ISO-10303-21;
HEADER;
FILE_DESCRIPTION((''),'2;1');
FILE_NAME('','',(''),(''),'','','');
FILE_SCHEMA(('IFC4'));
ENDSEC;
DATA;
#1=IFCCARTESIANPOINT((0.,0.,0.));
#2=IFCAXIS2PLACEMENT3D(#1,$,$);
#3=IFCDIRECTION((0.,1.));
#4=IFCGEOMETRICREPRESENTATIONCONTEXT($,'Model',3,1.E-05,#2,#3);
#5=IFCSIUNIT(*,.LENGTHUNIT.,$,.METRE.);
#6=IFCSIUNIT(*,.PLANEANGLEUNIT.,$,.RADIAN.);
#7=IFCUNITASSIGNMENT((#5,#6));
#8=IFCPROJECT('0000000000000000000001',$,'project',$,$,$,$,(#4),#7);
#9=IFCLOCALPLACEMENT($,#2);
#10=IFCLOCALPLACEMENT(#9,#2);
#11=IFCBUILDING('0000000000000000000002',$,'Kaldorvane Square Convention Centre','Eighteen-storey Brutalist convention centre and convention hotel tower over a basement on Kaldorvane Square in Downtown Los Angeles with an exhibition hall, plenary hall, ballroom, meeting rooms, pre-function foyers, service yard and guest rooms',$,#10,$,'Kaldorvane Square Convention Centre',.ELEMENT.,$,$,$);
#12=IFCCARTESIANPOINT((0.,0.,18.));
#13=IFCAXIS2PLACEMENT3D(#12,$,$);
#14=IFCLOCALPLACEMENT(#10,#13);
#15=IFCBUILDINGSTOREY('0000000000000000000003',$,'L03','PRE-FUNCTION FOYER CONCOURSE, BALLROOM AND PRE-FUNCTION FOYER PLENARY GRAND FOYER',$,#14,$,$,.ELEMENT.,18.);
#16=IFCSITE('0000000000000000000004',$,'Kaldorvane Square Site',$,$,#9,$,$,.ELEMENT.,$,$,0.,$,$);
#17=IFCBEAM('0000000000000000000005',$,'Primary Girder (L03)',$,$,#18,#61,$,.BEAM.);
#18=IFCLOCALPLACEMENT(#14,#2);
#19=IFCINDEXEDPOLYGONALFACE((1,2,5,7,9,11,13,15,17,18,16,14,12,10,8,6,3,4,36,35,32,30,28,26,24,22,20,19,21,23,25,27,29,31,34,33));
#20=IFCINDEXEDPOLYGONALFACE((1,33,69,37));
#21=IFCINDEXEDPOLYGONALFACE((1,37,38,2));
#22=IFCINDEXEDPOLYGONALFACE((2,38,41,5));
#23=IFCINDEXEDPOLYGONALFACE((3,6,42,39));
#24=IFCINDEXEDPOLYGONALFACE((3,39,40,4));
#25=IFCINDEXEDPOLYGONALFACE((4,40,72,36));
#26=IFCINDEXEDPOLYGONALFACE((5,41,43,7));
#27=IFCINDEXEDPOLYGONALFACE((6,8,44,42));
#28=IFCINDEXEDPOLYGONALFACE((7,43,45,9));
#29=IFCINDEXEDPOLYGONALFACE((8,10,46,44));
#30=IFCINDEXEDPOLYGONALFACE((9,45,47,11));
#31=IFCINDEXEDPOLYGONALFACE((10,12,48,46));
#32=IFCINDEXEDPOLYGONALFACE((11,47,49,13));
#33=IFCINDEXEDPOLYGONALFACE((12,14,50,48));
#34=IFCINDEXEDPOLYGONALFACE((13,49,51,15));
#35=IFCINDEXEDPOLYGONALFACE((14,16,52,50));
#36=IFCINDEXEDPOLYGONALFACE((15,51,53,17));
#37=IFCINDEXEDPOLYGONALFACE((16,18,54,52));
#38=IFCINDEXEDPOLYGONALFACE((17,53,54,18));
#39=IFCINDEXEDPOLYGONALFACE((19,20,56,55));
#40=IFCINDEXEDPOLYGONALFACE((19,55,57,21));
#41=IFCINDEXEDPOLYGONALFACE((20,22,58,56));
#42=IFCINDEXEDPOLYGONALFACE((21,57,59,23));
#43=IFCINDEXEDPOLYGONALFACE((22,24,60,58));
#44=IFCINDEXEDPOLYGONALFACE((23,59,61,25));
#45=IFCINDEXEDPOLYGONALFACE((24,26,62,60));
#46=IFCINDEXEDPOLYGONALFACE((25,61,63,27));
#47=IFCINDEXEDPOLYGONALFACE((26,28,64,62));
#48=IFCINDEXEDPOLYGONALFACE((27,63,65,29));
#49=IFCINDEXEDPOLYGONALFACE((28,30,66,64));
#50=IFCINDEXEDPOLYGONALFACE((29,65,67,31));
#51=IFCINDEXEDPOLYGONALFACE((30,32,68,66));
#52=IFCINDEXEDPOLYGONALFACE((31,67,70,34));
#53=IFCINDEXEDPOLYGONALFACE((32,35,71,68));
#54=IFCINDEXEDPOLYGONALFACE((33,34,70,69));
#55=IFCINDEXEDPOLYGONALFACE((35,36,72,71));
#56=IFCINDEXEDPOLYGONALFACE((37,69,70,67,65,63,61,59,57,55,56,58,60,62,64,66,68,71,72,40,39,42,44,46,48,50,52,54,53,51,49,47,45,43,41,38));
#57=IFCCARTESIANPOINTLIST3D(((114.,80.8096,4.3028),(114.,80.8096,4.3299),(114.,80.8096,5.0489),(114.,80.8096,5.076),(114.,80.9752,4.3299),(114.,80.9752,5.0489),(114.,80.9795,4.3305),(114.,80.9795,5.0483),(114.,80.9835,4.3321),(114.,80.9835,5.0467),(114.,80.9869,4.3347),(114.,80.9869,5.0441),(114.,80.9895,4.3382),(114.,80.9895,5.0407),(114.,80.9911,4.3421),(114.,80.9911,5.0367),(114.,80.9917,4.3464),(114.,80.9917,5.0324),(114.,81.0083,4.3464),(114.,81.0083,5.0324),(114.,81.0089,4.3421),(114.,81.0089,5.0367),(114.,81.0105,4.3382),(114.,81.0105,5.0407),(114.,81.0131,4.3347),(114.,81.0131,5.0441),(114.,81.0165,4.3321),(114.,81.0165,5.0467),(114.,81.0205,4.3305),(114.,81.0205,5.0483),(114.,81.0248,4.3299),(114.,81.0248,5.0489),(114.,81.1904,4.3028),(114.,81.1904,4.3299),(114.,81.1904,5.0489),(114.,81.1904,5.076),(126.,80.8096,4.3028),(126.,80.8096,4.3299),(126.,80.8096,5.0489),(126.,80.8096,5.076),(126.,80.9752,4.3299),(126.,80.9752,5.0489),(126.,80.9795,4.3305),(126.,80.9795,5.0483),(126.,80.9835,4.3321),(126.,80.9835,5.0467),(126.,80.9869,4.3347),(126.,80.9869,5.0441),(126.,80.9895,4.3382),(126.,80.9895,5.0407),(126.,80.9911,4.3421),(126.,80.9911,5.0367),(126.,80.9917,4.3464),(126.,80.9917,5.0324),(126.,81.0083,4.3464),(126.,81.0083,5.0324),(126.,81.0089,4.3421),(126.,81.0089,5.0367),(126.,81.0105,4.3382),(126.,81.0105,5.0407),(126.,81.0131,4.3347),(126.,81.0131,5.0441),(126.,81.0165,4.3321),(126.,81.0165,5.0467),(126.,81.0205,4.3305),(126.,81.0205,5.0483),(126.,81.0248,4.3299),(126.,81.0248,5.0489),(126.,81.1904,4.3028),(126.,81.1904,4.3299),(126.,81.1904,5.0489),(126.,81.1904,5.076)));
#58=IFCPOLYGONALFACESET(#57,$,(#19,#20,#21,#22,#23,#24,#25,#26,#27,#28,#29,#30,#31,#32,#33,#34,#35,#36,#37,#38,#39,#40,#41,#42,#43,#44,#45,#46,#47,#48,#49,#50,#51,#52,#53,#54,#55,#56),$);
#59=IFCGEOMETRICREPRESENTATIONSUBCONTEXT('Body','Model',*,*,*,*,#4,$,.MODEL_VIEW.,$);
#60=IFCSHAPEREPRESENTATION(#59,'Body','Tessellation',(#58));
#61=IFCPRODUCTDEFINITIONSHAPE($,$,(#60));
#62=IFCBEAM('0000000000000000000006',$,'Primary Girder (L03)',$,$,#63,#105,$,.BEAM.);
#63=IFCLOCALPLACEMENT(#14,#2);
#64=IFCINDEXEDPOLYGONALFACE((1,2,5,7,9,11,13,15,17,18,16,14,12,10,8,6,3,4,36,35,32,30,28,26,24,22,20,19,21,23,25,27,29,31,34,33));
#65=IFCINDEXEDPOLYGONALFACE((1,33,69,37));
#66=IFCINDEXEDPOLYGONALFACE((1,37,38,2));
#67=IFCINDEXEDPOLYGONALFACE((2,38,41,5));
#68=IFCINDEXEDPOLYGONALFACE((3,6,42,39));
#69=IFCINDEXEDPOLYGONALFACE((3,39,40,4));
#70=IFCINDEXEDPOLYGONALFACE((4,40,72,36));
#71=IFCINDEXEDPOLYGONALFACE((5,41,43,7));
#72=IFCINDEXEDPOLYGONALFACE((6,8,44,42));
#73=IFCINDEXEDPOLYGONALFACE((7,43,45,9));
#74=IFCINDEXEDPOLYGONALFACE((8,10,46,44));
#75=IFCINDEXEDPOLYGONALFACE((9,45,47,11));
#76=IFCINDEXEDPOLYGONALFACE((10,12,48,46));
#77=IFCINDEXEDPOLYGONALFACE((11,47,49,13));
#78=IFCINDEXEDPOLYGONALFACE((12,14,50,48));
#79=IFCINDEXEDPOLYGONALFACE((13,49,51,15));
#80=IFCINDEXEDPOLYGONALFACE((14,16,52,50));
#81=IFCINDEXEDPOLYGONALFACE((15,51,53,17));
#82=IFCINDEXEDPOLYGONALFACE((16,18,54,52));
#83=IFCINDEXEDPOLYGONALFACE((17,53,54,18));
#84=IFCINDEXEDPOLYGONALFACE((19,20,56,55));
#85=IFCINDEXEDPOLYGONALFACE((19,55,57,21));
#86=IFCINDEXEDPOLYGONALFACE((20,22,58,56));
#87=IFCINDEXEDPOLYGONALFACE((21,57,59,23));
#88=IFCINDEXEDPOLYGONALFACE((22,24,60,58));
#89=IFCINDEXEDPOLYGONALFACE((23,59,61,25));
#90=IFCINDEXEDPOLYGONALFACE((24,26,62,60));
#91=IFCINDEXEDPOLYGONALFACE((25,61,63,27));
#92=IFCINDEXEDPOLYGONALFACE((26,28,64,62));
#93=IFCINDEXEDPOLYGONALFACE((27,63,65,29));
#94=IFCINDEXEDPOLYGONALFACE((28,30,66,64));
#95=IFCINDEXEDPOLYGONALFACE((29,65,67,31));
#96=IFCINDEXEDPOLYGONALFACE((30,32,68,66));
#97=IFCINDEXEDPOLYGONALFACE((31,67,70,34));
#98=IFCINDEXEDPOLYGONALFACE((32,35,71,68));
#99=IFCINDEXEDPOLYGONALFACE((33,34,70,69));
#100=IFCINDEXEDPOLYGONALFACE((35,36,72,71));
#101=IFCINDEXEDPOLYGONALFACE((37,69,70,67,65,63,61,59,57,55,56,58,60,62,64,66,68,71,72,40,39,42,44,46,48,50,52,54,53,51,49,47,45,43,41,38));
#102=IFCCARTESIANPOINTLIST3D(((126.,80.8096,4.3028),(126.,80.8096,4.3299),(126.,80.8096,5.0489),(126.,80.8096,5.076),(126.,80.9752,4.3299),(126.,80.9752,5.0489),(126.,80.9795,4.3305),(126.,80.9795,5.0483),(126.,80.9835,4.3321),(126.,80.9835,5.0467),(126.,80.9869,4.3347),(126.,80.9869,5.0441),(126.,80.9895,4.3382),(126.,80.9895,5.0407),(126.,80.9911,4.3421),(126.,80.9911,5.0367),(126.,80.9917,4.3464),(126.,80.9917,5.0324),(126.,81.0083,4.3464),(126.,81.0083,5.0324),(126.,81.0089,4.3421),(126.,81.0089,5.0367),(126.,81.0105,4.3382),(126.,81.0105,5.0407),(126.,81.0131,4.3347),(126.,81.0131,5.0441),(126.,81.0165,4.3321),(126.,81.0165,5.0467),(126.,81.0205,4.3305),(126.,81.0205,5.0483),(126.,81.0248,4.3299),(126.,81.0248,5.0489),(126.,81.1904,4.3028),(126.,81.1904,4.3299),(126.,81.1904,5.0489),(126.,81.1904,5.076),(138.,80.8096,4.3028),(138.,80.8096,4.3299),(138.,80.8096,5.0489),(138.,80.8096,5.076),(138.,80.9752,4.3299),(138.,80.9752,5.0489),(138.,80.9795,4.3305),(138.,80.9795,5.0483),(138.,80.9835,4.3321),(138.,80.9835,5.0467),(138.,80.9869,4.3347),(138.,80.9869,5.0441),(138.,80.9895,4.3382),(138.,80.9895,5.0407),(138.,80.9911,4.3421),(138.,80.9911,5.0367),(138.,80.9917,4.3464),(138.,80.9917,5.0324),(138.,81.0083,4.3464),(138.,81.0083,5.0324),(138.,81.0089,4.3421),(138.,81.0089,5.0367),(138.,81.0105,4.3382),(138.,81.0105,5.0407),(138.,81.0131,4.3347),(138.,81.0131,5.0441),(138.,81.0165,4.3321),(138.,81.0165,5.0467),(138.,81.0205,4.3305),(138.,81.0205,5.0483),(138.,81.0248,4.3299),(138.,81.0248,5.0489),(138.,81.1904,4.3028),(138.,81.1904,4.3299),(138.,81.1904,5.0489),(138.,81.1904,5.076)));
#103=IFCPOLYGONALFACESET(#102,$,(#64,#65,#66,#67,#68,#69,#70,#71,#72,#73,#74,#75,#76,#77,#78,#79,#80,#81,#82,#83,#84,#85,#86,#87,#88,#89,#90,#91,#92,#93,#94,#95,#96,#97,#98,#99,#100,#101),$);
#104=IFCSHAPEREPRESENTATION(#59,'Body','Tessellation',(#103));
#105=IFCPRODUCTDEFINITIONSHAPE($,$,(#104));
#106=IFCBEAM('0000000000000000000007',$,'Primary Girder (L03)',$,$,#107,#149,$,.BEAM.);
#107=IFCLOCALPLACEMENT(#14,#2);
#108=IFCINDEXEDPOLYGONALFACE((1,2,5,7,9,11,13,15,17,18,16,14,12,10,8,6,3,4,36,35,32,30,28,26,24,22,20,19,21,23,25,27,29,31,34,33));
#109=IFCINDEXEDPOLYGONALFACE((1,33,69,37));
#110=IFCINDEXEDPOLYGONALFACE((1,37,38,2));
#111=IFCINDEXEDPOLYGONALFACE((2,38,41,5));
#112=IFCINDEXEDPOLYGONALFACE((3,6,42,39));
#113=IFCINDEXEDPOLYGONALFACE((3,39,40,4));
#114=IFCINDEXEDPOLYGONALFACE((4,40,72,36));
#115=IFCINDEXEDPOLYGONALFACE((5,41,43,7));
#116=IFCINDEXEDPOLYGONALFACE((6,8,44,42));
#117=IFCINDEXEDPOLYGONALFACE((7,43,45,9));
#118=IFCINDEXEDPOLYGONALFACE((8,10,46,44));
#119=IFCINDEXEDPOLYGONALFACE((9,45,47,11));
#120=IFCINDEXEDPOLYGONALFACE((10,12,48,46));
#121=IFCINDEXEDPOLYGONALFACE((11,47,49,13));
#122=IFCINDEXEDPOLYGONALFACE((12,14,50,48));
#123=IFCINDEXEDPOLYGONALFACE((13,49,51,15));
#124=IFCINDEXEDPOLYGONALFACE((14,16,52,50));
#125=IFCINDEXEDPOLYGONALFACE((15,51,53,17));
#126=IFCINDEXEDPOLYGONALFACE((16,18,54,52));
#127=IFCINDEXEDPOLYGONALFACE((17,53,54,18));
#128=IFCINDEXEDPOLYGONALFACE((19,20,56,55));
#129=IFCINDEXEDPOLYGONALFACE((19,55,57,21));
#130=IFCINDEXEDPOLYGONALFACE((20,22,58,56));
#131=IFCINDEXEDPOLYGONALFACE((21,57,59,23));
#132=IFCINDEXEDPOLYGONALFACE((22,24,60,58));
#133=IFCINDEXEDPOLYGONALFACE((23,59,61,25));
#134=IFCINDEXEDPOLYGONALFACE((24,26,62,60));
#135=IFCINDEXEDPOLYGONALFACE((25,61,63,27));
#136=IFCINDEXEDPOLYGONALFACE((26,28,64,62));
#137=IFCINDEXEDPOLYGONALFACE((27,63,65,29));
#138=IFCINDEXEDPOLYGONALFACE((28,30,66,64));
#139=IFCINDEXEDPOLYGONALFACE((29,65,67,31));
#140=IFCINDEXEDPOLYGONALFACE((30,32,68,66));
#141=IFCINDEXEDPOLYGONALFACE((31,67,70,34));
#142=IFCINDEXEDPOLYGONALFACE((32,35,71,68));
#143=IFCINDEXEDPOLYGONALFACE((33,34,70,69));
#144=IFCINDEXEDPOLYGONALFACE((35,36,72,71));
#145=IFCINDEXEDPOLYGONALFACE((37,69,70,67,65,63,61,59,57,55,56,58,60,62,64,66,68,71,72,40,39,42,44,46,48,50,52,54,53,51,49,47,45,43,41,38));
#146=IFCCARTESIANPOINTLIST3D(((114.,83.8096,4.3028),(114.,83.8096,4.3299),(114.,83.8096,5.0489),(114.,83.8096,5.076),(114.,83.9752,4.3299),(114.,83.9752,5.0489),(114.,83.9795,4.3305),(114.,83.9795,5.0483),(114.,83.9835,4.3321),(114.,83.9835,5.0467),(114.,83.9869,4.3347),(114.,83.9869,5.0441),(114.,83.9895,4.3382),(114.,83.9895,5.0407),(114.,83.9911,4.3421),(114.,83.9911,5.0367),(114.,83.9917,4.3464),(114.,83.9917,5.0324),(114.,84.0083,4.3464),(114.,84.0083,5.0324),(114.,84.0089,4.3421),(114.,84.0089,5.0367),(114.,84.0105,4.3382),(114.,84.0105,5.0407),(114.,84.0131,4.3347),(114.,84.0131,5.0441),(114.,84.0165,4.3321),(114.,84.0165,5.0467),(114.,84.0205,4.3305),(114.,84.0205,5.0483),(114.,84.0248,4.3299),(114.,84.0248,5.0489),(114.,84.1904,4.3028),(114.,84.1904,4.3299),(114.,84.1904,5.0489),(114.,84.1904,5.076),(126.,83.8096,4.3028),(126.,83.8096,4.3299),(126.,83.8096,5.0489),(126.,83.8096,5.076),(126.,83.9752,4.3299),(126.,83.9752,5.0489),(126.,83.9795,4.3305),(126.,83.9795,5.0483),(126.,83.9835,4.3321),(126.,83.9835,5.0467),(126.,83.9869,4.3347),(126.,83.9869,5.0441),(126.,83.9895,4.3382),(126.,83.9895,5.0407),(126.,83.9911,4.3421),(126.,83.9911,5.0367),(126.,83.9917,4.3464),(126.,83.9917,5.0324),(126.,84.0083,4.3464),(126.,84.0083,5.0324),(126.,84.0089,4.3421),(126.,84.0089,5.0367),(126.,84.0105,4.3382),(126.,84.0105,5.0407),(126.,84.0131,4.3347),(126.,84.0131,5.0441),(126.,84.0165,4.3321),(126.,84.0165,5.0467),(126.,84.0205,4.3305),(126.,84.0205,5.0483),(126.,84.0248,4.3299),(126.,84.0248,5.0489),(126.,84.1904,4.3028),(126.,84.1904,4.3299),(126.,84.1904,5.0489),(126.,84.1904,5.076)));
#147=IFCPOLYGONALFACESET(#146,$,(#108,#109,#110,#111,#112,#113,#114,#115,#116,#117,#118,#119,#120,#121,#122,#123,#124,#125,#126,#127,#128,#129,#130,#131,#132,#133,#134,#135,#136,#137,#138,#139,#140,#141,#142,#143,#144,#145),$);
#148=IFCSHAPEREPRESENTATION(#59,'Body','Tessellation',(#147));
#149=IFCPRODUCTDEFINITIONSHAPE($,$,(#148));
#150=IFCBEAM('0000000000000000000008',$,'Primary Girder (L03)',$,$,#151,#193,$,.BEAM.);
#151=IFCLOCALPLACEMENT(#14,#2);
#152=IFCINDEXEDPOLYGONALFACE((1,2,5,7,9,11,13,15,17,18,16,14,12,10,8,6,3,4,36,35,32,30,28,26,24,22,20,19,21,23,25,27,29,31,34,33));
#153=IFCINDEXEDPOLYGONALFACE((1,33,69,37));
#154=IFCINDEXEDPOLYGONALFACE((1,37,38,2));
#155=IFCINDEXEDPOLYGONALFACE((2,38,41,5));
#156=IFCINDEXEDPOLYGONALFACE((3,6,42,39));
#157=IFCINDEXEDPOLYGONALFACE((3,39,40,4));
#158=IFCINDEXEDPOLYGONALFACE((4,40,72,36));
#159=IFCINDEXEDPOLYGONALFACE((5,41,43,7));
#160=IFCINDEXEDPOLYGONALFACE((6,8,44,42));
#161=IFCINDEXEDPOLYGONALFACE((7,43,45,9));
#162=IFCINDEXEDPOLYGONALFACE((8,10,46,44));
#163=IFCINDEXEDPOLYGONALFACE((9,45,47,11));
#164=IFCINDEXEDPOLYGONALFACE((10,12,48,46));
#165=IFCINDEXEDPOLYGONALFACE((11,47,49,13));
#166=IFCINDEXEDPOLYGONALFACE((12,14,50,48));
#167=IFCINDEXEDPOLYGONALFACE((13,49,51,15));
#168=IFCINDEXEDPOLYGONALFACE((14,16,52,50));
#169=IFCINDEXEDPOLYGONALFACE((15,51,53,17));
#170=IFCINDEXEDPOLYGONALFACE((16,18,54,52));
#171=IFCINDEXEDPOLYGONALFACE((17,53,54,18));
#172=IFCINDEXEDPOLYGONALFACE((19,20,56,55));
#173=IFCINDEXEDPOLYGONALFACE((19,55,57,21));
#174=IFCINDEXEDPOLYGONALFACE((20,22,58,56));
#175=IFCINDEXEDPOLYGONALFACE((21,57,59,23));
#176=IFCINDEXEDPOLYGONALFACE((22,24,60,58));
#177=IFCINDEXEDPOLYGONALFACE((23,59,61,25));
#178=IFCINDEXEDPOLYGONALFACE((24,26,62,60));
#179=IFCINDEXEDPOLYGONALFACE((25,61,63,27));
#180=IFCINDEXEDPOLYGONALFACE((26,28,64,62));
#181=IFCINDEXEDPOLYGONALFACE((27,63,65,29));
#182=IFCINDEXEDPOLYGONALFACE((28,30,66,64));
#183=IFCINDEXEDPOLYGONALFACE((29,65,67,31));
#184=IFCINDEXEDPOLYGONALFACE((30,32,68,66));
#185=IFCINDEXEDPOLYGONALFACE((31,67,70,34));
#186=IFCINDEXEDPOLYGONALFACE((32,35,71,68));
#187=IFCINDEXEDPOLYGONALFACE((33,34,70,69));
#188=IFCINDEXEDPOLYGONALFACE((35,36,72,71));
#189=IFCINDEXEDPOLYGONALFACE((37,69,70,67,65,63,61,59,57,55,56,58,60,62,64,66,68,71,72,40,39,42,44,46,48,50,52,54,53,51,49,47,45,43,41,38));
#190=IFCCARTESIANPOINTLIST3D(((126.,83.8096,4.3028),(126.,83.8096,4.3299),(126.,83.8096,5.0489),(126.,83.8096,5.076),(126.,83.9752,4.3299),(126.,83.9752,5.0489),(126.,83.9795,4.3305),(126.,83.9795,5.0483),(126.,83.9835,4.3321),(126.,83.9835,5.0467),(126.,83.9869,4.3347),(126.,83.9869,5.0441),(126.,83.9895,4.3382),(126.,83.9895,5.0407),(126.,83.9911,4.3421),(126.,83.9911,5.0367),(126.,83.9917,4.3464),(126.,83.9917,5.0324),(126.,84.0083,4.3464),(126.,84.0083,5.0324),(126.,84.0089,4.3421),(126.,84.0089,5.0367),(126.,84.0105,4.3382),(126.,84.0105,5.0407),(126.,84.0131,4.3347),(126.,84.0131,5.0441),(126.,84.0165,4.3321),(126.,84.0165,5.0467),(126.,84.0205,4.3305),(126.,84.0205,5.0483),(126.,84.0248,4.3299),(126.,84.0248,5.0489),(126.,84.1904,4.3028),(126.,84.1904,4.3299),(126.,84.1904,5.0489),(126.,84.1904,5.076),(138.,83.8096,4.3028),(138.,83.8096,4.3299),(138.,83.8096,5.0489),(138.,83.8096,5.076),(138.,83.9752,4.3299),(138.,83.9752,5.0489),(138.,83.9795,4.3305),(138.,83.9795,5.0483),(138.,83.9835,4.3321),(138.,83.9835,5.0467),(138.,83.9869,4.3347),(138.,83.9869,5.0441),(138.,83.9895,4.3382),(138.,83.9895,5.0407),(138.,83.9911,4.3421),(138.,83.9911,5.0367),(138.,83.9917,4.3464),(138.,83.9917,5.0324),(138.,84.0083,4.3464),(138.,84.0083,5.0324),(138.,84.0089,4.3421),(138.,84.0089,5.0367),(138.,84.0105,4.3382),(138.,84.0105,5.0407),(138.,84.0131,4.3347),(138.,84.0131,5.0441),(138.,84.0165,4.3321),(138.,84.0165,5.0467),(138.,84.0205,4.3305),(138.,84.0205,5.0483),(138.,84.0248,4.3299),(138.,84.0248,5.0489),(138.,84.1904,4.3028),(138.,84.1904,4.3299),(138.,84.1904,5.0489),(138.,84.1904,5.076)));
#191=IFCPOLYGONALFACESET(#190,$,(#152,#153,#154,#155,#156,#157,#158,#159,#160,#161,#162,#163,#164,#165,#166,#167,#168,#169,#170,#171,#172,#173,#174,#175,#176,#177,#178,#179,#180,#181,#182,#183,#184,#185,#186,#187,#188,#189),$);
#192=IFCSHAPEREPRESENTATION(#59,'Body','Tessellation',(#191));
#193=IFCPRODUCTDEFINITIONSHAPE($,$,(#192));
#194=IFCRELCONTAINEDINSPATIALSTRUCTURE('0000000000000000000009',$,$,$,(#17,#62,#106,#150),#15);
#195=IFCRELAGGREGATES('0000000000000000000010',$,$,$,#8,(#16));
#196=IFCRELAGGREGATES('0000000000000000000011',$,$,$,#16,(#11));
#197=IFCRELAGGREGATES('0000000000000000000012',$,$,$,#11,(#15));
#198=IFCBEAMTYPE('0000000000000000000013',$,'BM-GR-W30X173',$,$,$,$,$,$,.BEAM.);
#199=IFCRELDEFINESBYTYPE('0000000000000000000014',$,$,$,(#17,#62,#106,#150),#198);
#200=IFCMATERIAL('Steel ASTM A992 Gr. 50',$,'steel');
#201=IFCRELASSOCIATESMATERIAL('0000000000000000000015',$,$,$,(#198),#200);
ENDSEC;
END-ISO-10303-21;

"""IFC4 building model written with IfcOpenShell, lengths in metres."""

from ifc_helpers import new_model, si_unit, direction, frame, origin, origin_2d, place, context, subcontext, project, spatial, i_section, extrude, material, material_profile, profile_set, type_object, element, save


model = new_model("IFC4")

# Units and contexts
model_context = context("Model", 3, precision=1e-05, world=origin(), true_north=direction((0.0, 1.0)))
body_context = subcontext(model_context, "Body", "Model", "MODEL_VIEW")
ifc_project = project(units=[si_unit("LENGTHUNIT", "METRE"), si_unit("PLANEANGLEUNIT", "RADIAN")], contexts=[model_context])

# Site, building, storey
site_placement = place(None, origin())
site = spatial("IfcSite", under=ifc_project, at=site_placement, Name="Kaldorvane Square Site", CompositionType="ELEMENT", RefElevation=0.0)
building_placement = place(site_placement, origin())
building = spatial("IfcBuilding", under=site, at=building_placement, Name="Kaldorvane Square Convention Centre", Description="Eighteen-storey Brutalist convention centre and convention hotel tower over a basement on Kaldorvane Square in Downtown Los Angeles with an exhibition hall, plenary hall, ballroom, meeting rooms, pre-function foyers, service yard and guest rooms", LongName="Kaldorvane Square Convention Centre", CompositionType="ELEMENT")
storey_placement = place(building_placement, frame((0.0, 0.0, 18.0)))
storey = spatial("IfcBuildingStorey", under=building, at=storey_placement, Name="L03", Description="PRE-FUNCTION FOYER CONCOURSE, BALLROOM AND PRE-FUNCTION FOYER PLENARY GRAND FOYER", CompositionType="ELEMENT", Elevation=18.0)

# Shared definitions
ifc_material_1 = material(Name="Steel ASTM A992 Gr. 50", Category="steel")

# Beams
ifc_material_profile_1 = material_profile(ifc_material_1, i_section(OverallWidth=0.3807, OverallDepth=0.7732, WebThickness=0.0166, FlangeThickness=0.0271, FilletRadius=0.0165, at=origin_2d()), Name="W30X173")
ifc_profile_set_1 = profile_set([ifc_material_profile_1], Name="Steel ASTM A992 Gr. 50")
beam_type_1 = type_object("IfcBeamType", Name="BM-GR-W30X173", PredefinedType="BEAM", material=ifc_profile_set_1)
for number, where, z_axis, x_axis, name in (
    (1, (114.0, 81.0, 4.6894), (1.0, 0.0, 0.0), (0.0, 1.0, 0.0), "Primary Girder (L03)"),
    (2, (126.0, 81.0, 4.6894), (1.0, 0.0, 0.0), (0.0, 1.0, 0.0), "Primary Girder (L03)"),
    (3, (114.0, 84.0, 4.6894), (1.0, 0.0, 0.0), (0.0, 1.0, 0.0), "Primary Girder (L03)"),
    (4, (126.0, 84.0, 4.6894), (1.0, 0.0, 0.0), (0.0, 1.0, 0.0), "Primary Girder (L03)"),
):
    element("IfcBeam", number, at=place(storey_placement, frame(where, z_axis=z_axis, x_axis=x_axis)), inside=storey, type_object=beam_type_1, Name=name, PredefinedType="BEAM", context=body_context, shape_type="SweptSolid", body=[
        extrude(i_section(OverallWidth=0.3807, OverallDepth=0.7732, WebThickness=0.0166, FlangeThickness=0.0271, FilletRadius=0.0165, at=origin_2d()), origin(), (0.0, 0.0, 1.0), 12.0),
    ])

save(model, "model.ifc")
